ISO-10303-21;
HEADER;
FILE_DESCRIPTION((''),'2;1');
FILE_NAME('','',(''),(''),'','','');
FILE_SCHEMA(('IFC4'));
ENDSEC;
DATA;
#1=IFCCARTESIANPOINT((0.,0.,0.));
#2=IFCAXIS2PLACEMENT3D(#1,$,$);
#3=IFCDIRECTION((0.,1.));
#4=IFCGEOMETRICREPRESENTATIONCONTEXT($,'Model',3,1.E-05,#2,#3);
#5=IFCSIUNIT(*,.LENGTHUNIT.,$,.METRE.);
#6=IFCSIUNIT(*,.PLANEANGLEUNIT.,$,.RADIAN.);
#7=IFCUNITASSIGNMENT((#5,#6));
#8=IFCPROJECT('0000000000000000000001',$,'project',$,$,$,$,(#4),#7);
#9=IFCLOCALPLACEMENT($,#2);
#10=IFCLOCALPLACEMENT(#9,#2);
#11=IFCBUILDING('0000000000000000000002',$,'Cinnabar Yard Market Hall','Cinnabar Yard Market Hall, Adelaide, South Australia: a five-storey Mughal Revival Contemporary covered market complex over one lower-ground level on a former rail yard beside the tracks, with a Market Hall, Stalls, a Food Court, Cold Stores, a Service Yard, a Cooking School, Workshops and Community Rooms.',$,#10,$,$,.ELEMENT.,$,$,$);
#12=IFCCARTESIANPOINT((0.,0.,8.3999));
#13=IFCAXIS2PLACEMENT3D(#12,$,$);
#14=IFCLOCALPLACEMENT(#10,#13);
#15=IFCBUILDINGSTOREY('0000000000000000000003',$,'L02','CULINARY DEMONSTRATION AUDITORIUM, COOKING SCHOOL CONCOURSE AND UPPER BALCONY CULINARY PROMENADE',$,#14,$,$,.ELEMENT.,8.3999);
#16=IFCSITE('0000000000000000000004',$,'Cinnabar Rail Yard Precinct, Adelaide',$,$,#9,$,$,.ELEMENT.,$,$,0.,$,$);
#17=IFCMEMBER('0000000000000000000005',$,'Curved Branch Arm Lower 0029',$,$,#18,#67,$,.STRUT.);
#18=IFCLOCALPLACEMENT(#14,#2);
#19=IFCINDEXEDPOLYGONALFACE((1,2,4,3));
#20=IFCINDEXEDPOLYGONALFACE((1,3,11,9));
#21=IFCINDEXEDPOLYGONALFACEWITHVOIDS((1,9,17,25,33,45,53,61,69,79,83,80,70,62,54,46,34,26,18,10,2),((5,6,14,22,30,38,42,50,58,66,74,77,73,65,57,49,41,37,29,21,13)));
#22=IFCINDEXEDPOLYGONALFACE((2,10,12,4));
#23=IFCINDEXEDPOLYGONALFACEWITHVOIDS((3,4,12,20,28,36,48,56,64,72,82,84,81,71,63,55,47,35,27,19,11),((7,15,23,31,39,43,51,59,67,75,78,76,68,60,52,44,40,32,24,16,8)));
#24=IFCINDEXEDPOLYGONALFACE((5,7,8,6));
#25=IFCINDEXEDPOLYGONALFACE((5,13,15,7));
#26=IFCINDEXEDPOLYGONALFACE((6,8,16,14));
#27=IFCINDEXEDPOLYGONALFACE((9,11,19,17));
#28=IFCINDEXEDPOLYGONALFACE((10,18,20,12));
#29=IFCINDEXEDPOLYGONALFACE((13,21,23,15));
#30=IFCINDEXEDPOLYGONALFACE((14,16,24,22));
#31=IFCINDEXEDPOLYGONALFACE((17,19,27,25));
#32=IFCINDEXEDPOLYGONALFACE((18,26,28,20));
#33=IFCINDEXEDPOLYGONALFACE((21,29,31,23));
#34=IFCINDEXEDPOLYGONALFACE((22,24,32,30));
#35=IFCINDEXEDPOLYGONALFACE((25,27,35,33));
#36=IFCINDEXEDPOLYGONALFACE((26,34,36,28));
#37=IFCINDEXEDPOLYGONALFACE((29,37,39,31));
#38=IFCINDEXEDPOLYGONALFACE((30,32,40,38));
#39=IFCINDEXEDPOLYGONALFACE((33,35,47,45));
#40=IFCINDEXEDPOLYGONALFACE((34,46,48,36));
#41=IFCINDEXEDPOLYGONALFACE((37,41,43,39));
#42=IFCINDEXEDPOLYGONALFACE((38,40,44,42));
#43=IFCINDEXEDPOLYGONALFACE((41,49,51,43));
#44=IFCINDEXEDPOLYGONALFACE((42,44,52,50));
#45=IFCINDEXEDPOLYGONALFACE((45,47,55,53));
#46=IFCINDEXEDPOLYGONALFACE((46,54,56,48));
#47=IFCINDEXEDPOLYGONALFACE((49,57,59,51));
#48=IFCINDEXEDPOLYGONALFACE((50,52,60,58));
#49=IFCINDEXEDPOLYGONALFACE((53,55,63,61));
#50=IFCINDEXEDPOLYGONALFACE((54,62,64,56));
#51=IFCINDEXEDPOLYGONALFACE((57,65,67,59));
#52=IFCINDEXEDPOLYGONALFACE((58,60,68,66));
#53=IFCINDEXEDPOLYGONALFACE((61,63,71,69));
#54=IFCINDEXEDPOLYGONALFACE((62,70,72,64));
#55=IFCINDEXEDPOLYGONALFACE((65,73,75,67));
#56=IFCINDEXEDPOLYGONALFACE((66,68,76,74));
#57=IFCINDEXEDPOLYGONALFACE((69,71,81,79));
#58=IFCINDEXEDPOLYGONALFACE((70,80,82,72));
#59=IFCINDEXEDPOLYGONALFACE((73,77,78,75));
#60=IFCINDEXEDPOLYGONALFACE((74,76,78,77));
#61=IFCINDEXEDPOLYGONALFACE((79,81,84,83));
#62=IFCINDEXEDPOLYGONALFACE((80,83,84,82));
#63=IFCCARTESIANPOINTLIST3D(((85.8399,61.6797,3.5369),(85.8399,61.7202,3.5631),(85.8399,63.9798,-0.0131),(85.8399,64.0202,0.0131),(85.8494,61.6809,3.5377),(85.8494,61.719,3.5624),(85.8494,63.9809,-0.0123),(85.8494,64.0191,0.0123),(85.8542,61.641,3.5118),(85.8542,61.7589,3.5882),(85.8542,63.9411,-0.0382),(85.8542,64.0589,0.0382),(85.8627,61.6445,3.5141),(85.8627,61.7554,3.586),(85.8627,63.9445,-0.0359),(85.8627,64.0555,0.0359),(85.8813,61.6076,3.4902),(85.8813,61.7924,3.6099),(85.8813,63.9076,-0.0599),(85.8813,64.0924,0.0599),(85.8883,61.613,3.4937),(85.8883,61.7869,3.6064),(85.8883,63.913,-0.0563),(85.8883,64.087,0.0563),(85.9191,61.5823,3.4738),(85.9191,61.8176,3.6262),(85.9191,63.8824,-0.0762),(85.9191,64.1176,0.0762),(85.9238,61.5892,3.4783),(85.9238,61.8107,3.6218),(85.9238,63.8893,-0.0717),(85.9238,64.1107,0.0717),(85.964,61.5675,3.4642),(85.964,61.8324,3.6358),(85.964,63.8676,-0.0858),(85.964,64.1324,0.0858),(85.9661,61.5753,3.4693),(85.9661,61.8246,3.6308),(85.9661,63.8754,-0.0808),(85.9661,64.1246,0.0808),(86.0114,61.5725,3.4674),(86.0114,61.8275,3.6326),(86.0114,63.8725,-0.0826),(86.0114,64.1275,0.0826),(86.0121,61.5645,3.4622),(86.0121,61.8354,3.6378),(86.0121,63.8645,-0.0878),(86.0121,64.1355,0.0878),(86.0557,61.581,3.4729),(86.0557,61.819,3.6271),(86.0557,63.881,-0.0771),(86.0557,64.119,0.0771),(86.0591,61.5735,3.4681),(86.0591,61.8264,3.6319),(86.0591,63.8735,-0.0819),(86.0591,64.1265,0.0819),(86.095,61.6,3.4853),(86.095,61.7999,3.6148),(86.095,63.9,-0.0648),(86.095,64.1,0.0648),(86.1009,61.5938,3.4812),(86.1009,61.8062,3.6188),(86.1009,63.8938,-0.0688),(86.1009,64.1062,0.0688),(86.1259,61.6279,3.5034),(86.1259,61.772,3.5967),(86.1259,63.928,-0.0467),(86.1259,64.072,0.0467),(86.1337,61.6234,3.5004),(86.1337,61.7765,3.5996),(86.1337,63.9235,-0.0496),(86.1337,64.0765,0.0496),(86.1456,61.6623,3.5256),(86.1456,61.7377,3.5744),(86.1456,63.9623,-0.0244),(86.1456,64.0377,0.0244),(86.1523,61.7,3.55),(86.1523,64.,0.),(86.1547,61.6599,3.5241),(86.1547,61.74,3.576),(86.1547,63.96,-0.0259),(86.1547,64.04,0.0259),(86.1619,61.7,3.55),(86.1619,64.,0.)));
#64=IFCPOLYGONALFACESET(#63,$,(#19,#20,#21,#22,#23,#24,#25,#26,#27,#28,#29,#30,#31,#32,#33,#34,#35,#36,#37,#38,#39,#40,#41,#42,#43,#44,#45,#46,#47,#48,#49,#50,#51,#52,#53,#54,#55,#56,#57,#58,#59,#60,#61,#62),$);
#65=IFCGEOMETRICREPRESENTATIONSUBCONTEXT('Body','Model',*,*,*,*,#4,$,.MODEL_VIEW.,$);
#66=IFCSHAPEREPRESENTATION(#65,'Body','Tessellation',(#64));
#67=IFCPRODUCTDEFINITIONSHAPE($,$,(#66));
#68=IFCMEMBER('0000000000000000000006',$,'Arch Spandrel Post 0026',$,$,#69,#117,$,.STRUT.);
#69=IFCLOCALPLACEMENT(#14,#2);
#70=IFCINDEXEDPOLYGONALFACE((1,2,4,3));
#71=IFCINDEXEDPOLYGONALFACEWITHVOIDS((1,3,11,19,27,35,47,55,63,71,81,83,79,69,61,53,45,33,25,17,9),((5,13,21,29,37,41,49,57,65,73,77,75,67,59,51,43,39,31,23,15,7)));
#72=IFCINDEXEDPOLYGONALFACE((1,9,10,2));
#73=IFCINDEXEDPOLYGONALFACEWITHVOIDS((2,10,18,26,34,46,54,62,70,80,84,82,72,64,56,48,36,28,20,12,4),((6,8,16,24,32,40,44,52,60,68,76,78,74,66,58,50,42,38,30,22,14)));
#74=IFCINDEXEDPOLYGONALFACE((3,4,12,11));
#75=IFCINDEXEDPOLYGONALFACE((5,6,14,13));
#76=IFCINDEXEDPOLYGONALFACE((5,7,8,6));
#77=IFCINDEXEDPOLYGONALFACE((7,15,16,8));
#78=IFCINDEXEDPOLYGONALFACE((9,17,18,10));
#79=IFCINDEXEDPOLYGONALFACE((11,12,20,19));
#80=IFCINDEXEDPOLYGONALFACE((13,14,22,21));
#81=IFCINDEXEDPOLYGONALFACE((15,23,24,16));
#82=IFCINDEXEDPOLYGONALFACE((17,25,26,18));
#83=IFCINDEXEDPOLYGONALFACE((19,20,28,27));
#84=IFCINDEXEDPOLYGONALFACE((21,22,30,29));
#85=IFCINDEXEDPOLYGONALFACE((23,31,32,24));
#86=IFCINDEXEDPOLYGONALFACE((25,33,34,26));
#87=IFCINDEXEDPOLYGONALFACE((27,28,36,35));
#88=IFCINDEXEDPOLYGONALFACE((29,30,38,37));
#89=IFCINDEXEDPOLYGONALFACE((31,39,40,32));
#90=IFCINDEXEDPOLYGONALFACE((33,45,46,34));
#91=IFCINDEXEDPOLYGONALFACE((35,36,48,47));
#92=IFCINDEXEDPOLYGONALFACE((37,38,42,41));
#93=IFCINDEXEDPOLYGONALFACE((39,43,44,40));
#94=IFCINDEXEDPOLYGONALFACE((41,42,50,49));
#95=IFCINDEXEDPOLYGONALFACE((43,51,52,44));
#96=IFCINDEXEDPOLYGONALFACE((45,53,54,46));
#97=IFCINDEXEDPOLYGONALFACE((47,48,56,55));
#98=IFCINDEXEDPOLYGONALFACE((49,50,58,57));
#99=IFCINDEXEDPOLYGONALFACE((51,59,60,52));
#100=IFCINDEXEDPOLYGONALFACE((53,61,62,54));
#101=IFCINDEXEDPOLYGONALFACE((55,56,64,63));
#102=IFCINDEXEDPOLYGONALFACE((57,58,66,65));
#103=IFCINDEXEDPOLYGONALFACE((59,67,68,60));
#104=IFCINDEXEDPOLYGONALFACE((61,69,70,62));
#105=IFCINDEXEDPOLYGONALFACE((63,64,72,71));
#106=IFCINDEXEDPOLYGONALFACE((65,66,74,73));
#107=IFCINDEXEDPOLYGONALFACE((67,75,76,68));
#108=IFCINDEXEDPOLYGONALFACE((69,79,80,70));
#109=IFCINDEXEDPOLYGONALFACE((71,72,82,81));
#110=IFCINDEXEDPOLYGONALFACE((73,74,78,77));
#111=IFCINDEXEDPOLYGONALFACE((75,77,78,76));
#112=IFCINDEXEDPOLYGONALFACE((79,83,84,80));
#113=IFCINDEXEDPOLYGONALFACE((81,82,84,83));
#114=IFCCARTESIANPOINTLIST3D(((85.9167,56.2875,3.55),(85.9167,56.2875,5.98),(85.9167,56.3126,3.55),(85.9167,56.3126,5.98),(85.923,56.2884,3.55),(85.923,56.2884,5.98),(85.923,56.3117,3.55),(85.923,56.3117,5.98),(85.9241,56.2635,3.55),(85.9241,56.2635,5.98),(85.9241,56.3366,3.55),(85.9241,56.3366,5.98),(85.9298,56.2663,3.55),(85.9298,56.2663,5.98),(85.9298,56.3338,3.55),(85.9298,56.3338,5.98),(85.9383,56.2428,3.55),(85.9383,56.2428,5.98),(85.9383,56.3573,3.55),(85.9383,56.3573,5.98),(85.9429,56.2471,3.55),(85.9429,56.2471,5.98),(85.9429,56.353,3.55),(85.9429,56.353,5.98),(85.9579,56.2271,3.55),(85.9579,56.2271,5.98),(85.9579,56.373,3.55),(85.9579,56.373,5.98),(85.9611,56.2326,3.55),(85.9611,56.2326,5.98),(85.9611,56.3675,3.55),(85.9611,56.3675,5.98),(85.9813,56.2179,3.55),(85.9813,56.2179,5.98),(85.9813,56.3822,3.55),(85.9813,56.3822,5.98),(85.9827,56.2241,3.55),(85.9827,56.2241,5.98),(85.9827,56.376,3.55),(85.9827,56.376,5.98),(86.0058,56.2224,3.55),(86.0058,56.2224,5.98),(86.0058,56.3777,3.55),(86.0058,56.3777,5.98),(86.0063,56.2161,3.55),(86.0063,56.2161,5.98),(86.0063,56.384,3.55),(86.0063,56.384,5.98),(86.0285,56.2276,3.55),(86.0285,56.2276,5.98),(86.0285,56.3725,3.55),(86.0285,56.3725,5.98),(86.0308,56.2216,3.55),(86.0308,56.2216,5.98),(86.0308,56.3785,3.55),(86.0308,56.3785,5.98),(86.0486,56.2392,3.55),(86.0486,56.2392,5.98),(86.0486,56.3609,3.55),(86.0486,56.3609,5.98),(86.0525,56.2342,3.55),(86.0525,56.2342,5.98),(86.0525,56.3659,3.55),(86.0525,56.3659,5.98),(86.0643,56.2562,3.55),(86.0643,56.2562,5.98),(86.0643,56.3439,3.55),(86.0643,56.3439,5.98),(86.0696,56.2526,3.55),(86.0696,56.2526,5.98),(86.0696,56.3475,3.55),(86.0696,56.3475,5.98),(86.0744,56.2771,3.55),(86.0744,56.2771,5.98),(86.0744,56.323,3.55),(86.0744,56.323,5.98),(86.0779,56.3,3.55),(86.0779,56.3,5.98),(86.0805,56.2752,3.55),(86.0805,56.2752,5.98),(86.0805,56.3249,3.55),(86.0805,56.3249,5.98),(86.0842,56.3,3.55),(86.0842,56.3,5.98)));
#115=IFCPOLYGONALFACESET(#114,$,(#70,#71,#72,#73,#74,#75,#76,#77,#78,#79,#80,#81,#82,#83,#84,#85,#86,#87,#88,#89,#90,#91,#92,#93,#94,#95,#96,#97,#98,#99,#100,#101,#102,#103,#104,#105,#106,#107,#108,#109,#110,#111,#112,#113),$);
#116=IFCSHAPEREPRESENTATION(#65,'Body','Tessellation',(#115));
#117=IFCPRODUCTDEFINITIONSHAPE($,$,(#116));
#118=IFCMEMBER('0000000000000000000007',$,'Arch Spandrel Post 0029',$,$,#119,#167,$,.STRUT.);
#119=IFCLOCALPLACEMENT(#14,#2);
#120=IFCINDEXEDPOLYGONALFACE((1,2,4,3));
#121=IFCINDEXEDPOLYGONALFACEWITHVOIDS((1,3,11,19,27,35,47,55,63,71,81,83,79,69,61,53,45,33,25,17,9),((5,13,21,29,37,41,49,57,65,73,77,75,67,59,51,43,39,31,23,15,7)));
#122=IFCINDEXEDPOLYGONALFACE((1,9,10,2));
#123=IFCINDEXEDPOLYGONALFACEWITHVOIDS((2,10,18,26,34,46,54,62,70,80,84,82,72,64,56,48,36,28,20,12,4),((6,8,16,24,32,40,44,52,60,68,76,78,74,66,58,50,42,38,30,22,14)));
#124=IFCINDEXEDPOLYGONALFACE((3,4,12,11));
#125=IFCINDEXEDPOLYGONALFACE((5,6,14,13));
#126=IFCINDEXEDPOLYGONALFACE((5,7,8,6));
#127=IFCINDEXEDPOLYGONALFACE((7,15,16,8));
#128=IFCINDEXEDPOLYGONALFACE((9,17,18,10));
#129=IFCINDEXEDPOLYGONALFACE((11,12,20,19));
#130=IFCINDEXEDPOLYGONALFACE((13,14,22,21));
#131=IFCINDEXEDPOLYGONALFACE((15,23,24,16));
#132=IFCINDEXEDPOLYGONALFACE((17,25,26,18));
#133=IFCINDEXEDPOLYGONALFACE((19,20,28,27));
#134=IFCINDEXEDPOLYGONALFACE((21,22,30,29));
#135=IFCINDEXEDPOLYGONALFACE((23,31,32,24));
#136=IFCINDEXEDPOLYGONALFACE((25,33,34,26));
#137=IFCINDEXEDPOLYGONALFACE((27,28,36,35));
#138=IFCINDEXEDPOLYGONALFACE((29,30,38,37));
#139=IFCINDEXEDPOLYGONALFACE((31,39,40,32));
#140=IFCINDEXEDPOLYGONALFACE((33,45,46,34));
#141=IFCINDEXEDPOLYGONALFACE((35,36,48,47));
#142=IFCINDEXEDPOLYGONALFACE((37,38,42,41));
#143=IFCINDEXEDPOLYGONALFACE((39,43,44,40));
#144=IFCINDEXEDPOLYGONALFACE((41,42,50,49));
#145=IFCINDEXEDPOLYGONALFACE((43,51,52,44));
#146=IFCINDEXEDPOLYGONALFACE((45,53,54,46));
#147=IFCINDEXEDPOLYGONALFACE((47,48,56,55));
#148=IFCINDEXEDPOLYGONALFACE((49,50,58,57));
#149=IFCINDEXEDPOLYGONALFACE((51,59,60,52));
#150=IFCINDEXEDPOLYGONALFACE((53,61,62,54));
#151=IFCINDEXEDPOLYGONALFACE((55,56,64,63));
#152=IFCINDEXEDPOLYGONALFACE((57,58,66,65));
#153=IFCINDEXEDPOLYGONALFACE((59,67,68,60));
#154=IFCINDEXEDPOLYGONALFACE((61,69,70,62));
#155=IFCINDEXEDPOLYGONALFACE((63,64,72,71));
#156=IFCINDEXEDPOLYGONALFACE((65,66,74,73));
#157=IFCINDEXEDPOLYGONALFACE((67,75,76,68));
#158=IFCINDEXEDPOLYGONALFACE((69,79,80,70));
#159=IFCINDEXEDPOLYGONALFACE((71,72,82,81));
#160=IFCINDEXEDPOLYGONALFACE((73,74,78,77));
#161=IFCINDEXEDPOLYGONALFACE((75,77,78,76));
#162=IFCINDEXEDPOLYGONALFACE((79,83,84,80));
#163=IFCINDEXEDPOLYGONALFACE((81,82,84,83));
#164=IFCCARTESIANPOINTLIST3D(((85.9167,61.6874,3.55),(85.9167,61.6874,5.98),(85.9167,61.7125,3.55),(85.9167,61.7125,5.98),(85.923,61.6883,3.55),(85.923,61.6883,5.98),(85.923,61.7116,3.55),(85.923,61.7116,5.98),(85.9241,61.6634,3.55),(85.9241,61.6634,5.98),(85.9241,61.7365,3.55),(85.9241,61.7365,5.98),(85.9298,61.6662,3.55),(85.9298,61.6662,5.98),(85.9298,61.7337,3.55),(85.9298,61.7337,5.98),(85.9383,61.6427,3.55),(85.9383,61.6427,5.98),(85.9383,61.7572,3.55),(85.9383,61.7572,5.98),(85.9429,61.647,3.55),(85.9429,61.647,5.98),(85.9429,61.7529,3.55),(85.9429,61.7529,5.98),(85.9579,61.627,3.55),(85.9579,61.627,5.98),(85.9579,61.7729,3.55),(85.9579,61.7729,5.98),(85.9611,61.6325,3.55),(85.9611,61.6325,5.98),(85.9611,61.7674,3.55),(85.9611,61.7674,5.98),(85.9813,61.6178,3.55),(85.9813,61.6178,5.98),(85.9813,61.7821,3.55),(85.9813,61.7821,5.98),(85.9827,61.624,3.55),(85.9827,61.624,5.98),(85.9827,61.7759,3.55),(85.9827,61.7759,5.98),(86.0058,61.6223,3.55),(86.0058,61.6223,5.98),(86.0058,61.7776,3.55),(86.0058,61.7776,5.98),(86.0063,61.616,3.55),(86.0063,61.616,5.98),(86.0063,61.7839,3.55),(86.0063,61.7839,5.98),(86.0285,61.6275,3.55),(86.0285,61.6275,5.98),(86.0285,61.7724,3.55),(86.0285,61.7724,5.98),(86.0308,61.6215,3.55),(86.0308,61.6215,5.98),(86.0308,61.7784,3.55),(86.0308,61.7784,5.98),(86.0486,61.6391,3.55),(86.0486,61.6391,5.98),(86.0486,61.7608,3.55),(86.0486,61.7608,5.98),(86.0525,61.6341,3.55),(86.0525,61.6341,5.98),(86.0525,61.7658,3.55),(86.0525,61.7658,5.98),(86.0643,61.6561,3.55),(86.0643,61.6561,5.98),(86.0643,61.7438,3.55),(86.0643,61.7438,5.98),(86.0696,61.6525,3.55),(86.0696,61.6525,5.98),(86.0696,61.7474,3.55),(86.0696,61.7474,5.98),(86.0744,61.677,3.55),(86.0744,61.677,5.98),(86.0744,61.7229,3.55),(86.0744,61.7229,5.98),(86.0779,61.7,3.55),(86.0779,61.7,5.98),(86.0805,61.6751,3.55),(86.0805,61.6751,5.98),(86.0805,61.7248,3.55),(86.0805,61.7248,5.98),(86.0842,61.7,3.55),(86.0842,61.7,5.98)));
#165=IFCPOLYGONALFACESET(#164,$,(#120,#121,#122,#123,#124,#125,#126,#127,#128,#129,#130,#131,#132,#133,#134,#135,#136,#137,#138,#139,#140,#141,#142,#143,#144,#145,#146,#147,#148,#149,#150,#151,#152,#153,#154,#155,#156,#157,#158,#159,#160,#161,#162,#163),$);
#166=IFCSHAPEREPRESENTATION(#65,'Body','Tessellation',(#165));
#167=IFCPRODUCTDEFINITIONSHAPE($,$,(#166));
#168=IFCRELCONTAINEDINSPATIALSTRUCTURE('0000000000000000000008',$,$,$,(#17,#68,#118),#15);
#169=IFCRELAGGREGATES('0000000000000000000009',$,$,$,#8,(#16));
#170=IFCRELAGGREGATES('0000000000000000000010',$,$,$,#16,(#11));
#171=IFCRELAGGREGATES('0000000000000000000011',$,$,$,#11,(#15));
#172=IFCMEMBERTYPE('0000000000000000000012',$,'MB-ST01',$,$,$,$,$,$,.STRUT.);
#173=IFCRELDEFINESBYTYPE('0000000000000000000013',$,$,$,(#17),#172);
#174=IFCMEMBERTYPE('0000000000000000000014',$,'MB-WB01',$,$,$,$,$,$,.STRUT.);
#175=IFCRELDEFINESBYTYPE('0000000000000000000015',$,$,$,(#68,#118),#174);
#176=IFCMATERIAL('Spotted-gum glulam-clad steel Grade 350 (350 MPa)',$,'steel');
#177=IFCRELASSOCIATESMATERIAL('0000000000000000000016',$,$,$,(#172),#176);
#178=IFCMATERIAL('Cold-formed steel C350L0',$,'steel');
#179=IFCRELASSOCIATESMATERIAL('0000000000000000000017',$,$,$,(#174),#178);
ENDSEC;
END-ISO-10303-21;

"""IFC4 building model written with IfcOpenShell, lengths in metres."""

from ifc_helpers import new_model, si_unit, direction, frame, origin, origin_2d_with_axis, place, context, subcontext, project, spatial, hollow_circle, extrude, material, material_profile, profile_set, type_object, element, save


model = new_model("IFC4")

# Units and contexts
model_context = context("Model", 3, precision=1e-05, world=origin(), true_north=direction((0.0, 1.0)))
body_context = subcontext(model_context, "Body", "Model", "MODEL_VIEW")
ifc_project = project(units=[si_unit("LENGTHUNIT", "METRE"), si_unit("PLANEANGLEUNIT", "RADIAN")], contexts=[model_context])

# Site, building, storey
site_placement = place(None, origin())
site = spatial("IfcSite", under=ifc_project, at=site_placement, Name="Cinnabar Rail Yard Precinct, Adelaide", CompositionType="ELEMENT", RefElevation=0.0)
building_placement = place(site_placement, origin())
building = spatial("IfcBuilding", under=site, at=building_placement, Name="Cinnabar Yard Market Hall", Description="Cinnabar Yard Market Hall, Adelaide, South Australia: a five-storey Mughal Revival Contemporary covered market complex over one lower-ground level on a former rail yard beside the tracks, with a Market Hall, Stalls, a Food Court, Cold Stores, a Service Yard, a Cooking School, Workshops and Community Rooms.", CompositionType="ELEMENT")
storey_placement = place(building_placement, frame((0.0, 0.0, 8.3999)))
storey = spatial("IfcBuildingStorey", under=building, at=storey_placement, Name="L02", Description="CULINARY DEMONSTRATION AUDITORIUM, COOKING SCHOOL CONCOURSE AND UPPER BALCONY CULINARY PROMENADE", CompositionType="ELEMENT", Elevation=8.3999)

# Shared definitions
ifc_material_1 = material(Name="Spotted-gum glulam-clad steel Grade 350 (350 MPa)", Category="steel")

# Members
ifc_material_profile_1 = material_profile(ifc_material_1, hollow_circle(Radius=0.1619, WallThickness=0.0095, at=origin_2d_with_axis()), Name="323.9x9.5CHS")
ifc_profile_set_1 = profile_set([ifc_material_profile_1], Name="Spotted-gum glulam-clad steel Grade 350 (350 MPa)")
member_type_1 = type_object("IfcMemberType", Name="MB-ST01", PredefinedType="STRUT", material=ifc_profile_set_1)
for number, where, z_axis, x_axis, name in (
    (1, (86.0, 64.0, 0.0), (0.0, -0.543744, 0.839251), (1.0, 0.0, 0.0), "Curved Branch Arm Lower 0029"),
):
    element("IfcMember", number, at=place(storey_placement, frame(where, z_axis=z_axis, x_axis=x_axis)), inside=storey, type_object=member_type_1, Name=name, PredefinedType="STRUT", context=body_context, shape_type="SweptSolid", body=[
        extrude(hollow_circle(Radius=0.1619, WallThickness=0.0095, at=origin_2d_with_axis()), origin(), (0.0, 0.0, 1.0), 4.23),
    ])
ifc_material_2 = material(Name="Cold-formed steel C350L0", Category="steel")
ifc_material_profile_2 = material_profile(ifc_material_2, hollow_circle(Radius=0.0842, WallThickness=0.0063, at=origin_2d_with_axis()), Name="168.3x6.4CHS")
ifc_profile_set_2 = profile_set([ifc_material_profile_2], Name="Cold-formed steel C350L0")
member_type_2 = type_object("IfcMemberType", Name="MB-WB01", PredefinedType="STRUT", material=ifc_profile_set_2)
for number, where, z_axis, x_axis, name in (
    (2, (86.0, 56.3, 3.55), (0.0, 0.0, 1.0), (1.0, 0.0, 0.0), "Arch Spandrel Post 0026"),
    (3, (86.0, 61.7, 3.55), (0.0, 0.0, 1.0), (1.0, 0.0, 0.0), "Arch Spandrel Post 0029"),
):
    element("IfcMember", number, at=place(storey_placement, frame(where, z_axis=z_axis, x_axis=x_axis)), inside=storey, type_object=member_type_2, Name=name, PredefinedType="STRUT", context=body_context, shape_type="SweptSolid", body=[
        extrude(hollow_circle(Radius=0.0842, WallThickness=0.0063, at=origin_2d_with_axis()), origin(), (0.0, 0.0, 1.0), 2.4299),
    ])

save(model, "model.ifc")
